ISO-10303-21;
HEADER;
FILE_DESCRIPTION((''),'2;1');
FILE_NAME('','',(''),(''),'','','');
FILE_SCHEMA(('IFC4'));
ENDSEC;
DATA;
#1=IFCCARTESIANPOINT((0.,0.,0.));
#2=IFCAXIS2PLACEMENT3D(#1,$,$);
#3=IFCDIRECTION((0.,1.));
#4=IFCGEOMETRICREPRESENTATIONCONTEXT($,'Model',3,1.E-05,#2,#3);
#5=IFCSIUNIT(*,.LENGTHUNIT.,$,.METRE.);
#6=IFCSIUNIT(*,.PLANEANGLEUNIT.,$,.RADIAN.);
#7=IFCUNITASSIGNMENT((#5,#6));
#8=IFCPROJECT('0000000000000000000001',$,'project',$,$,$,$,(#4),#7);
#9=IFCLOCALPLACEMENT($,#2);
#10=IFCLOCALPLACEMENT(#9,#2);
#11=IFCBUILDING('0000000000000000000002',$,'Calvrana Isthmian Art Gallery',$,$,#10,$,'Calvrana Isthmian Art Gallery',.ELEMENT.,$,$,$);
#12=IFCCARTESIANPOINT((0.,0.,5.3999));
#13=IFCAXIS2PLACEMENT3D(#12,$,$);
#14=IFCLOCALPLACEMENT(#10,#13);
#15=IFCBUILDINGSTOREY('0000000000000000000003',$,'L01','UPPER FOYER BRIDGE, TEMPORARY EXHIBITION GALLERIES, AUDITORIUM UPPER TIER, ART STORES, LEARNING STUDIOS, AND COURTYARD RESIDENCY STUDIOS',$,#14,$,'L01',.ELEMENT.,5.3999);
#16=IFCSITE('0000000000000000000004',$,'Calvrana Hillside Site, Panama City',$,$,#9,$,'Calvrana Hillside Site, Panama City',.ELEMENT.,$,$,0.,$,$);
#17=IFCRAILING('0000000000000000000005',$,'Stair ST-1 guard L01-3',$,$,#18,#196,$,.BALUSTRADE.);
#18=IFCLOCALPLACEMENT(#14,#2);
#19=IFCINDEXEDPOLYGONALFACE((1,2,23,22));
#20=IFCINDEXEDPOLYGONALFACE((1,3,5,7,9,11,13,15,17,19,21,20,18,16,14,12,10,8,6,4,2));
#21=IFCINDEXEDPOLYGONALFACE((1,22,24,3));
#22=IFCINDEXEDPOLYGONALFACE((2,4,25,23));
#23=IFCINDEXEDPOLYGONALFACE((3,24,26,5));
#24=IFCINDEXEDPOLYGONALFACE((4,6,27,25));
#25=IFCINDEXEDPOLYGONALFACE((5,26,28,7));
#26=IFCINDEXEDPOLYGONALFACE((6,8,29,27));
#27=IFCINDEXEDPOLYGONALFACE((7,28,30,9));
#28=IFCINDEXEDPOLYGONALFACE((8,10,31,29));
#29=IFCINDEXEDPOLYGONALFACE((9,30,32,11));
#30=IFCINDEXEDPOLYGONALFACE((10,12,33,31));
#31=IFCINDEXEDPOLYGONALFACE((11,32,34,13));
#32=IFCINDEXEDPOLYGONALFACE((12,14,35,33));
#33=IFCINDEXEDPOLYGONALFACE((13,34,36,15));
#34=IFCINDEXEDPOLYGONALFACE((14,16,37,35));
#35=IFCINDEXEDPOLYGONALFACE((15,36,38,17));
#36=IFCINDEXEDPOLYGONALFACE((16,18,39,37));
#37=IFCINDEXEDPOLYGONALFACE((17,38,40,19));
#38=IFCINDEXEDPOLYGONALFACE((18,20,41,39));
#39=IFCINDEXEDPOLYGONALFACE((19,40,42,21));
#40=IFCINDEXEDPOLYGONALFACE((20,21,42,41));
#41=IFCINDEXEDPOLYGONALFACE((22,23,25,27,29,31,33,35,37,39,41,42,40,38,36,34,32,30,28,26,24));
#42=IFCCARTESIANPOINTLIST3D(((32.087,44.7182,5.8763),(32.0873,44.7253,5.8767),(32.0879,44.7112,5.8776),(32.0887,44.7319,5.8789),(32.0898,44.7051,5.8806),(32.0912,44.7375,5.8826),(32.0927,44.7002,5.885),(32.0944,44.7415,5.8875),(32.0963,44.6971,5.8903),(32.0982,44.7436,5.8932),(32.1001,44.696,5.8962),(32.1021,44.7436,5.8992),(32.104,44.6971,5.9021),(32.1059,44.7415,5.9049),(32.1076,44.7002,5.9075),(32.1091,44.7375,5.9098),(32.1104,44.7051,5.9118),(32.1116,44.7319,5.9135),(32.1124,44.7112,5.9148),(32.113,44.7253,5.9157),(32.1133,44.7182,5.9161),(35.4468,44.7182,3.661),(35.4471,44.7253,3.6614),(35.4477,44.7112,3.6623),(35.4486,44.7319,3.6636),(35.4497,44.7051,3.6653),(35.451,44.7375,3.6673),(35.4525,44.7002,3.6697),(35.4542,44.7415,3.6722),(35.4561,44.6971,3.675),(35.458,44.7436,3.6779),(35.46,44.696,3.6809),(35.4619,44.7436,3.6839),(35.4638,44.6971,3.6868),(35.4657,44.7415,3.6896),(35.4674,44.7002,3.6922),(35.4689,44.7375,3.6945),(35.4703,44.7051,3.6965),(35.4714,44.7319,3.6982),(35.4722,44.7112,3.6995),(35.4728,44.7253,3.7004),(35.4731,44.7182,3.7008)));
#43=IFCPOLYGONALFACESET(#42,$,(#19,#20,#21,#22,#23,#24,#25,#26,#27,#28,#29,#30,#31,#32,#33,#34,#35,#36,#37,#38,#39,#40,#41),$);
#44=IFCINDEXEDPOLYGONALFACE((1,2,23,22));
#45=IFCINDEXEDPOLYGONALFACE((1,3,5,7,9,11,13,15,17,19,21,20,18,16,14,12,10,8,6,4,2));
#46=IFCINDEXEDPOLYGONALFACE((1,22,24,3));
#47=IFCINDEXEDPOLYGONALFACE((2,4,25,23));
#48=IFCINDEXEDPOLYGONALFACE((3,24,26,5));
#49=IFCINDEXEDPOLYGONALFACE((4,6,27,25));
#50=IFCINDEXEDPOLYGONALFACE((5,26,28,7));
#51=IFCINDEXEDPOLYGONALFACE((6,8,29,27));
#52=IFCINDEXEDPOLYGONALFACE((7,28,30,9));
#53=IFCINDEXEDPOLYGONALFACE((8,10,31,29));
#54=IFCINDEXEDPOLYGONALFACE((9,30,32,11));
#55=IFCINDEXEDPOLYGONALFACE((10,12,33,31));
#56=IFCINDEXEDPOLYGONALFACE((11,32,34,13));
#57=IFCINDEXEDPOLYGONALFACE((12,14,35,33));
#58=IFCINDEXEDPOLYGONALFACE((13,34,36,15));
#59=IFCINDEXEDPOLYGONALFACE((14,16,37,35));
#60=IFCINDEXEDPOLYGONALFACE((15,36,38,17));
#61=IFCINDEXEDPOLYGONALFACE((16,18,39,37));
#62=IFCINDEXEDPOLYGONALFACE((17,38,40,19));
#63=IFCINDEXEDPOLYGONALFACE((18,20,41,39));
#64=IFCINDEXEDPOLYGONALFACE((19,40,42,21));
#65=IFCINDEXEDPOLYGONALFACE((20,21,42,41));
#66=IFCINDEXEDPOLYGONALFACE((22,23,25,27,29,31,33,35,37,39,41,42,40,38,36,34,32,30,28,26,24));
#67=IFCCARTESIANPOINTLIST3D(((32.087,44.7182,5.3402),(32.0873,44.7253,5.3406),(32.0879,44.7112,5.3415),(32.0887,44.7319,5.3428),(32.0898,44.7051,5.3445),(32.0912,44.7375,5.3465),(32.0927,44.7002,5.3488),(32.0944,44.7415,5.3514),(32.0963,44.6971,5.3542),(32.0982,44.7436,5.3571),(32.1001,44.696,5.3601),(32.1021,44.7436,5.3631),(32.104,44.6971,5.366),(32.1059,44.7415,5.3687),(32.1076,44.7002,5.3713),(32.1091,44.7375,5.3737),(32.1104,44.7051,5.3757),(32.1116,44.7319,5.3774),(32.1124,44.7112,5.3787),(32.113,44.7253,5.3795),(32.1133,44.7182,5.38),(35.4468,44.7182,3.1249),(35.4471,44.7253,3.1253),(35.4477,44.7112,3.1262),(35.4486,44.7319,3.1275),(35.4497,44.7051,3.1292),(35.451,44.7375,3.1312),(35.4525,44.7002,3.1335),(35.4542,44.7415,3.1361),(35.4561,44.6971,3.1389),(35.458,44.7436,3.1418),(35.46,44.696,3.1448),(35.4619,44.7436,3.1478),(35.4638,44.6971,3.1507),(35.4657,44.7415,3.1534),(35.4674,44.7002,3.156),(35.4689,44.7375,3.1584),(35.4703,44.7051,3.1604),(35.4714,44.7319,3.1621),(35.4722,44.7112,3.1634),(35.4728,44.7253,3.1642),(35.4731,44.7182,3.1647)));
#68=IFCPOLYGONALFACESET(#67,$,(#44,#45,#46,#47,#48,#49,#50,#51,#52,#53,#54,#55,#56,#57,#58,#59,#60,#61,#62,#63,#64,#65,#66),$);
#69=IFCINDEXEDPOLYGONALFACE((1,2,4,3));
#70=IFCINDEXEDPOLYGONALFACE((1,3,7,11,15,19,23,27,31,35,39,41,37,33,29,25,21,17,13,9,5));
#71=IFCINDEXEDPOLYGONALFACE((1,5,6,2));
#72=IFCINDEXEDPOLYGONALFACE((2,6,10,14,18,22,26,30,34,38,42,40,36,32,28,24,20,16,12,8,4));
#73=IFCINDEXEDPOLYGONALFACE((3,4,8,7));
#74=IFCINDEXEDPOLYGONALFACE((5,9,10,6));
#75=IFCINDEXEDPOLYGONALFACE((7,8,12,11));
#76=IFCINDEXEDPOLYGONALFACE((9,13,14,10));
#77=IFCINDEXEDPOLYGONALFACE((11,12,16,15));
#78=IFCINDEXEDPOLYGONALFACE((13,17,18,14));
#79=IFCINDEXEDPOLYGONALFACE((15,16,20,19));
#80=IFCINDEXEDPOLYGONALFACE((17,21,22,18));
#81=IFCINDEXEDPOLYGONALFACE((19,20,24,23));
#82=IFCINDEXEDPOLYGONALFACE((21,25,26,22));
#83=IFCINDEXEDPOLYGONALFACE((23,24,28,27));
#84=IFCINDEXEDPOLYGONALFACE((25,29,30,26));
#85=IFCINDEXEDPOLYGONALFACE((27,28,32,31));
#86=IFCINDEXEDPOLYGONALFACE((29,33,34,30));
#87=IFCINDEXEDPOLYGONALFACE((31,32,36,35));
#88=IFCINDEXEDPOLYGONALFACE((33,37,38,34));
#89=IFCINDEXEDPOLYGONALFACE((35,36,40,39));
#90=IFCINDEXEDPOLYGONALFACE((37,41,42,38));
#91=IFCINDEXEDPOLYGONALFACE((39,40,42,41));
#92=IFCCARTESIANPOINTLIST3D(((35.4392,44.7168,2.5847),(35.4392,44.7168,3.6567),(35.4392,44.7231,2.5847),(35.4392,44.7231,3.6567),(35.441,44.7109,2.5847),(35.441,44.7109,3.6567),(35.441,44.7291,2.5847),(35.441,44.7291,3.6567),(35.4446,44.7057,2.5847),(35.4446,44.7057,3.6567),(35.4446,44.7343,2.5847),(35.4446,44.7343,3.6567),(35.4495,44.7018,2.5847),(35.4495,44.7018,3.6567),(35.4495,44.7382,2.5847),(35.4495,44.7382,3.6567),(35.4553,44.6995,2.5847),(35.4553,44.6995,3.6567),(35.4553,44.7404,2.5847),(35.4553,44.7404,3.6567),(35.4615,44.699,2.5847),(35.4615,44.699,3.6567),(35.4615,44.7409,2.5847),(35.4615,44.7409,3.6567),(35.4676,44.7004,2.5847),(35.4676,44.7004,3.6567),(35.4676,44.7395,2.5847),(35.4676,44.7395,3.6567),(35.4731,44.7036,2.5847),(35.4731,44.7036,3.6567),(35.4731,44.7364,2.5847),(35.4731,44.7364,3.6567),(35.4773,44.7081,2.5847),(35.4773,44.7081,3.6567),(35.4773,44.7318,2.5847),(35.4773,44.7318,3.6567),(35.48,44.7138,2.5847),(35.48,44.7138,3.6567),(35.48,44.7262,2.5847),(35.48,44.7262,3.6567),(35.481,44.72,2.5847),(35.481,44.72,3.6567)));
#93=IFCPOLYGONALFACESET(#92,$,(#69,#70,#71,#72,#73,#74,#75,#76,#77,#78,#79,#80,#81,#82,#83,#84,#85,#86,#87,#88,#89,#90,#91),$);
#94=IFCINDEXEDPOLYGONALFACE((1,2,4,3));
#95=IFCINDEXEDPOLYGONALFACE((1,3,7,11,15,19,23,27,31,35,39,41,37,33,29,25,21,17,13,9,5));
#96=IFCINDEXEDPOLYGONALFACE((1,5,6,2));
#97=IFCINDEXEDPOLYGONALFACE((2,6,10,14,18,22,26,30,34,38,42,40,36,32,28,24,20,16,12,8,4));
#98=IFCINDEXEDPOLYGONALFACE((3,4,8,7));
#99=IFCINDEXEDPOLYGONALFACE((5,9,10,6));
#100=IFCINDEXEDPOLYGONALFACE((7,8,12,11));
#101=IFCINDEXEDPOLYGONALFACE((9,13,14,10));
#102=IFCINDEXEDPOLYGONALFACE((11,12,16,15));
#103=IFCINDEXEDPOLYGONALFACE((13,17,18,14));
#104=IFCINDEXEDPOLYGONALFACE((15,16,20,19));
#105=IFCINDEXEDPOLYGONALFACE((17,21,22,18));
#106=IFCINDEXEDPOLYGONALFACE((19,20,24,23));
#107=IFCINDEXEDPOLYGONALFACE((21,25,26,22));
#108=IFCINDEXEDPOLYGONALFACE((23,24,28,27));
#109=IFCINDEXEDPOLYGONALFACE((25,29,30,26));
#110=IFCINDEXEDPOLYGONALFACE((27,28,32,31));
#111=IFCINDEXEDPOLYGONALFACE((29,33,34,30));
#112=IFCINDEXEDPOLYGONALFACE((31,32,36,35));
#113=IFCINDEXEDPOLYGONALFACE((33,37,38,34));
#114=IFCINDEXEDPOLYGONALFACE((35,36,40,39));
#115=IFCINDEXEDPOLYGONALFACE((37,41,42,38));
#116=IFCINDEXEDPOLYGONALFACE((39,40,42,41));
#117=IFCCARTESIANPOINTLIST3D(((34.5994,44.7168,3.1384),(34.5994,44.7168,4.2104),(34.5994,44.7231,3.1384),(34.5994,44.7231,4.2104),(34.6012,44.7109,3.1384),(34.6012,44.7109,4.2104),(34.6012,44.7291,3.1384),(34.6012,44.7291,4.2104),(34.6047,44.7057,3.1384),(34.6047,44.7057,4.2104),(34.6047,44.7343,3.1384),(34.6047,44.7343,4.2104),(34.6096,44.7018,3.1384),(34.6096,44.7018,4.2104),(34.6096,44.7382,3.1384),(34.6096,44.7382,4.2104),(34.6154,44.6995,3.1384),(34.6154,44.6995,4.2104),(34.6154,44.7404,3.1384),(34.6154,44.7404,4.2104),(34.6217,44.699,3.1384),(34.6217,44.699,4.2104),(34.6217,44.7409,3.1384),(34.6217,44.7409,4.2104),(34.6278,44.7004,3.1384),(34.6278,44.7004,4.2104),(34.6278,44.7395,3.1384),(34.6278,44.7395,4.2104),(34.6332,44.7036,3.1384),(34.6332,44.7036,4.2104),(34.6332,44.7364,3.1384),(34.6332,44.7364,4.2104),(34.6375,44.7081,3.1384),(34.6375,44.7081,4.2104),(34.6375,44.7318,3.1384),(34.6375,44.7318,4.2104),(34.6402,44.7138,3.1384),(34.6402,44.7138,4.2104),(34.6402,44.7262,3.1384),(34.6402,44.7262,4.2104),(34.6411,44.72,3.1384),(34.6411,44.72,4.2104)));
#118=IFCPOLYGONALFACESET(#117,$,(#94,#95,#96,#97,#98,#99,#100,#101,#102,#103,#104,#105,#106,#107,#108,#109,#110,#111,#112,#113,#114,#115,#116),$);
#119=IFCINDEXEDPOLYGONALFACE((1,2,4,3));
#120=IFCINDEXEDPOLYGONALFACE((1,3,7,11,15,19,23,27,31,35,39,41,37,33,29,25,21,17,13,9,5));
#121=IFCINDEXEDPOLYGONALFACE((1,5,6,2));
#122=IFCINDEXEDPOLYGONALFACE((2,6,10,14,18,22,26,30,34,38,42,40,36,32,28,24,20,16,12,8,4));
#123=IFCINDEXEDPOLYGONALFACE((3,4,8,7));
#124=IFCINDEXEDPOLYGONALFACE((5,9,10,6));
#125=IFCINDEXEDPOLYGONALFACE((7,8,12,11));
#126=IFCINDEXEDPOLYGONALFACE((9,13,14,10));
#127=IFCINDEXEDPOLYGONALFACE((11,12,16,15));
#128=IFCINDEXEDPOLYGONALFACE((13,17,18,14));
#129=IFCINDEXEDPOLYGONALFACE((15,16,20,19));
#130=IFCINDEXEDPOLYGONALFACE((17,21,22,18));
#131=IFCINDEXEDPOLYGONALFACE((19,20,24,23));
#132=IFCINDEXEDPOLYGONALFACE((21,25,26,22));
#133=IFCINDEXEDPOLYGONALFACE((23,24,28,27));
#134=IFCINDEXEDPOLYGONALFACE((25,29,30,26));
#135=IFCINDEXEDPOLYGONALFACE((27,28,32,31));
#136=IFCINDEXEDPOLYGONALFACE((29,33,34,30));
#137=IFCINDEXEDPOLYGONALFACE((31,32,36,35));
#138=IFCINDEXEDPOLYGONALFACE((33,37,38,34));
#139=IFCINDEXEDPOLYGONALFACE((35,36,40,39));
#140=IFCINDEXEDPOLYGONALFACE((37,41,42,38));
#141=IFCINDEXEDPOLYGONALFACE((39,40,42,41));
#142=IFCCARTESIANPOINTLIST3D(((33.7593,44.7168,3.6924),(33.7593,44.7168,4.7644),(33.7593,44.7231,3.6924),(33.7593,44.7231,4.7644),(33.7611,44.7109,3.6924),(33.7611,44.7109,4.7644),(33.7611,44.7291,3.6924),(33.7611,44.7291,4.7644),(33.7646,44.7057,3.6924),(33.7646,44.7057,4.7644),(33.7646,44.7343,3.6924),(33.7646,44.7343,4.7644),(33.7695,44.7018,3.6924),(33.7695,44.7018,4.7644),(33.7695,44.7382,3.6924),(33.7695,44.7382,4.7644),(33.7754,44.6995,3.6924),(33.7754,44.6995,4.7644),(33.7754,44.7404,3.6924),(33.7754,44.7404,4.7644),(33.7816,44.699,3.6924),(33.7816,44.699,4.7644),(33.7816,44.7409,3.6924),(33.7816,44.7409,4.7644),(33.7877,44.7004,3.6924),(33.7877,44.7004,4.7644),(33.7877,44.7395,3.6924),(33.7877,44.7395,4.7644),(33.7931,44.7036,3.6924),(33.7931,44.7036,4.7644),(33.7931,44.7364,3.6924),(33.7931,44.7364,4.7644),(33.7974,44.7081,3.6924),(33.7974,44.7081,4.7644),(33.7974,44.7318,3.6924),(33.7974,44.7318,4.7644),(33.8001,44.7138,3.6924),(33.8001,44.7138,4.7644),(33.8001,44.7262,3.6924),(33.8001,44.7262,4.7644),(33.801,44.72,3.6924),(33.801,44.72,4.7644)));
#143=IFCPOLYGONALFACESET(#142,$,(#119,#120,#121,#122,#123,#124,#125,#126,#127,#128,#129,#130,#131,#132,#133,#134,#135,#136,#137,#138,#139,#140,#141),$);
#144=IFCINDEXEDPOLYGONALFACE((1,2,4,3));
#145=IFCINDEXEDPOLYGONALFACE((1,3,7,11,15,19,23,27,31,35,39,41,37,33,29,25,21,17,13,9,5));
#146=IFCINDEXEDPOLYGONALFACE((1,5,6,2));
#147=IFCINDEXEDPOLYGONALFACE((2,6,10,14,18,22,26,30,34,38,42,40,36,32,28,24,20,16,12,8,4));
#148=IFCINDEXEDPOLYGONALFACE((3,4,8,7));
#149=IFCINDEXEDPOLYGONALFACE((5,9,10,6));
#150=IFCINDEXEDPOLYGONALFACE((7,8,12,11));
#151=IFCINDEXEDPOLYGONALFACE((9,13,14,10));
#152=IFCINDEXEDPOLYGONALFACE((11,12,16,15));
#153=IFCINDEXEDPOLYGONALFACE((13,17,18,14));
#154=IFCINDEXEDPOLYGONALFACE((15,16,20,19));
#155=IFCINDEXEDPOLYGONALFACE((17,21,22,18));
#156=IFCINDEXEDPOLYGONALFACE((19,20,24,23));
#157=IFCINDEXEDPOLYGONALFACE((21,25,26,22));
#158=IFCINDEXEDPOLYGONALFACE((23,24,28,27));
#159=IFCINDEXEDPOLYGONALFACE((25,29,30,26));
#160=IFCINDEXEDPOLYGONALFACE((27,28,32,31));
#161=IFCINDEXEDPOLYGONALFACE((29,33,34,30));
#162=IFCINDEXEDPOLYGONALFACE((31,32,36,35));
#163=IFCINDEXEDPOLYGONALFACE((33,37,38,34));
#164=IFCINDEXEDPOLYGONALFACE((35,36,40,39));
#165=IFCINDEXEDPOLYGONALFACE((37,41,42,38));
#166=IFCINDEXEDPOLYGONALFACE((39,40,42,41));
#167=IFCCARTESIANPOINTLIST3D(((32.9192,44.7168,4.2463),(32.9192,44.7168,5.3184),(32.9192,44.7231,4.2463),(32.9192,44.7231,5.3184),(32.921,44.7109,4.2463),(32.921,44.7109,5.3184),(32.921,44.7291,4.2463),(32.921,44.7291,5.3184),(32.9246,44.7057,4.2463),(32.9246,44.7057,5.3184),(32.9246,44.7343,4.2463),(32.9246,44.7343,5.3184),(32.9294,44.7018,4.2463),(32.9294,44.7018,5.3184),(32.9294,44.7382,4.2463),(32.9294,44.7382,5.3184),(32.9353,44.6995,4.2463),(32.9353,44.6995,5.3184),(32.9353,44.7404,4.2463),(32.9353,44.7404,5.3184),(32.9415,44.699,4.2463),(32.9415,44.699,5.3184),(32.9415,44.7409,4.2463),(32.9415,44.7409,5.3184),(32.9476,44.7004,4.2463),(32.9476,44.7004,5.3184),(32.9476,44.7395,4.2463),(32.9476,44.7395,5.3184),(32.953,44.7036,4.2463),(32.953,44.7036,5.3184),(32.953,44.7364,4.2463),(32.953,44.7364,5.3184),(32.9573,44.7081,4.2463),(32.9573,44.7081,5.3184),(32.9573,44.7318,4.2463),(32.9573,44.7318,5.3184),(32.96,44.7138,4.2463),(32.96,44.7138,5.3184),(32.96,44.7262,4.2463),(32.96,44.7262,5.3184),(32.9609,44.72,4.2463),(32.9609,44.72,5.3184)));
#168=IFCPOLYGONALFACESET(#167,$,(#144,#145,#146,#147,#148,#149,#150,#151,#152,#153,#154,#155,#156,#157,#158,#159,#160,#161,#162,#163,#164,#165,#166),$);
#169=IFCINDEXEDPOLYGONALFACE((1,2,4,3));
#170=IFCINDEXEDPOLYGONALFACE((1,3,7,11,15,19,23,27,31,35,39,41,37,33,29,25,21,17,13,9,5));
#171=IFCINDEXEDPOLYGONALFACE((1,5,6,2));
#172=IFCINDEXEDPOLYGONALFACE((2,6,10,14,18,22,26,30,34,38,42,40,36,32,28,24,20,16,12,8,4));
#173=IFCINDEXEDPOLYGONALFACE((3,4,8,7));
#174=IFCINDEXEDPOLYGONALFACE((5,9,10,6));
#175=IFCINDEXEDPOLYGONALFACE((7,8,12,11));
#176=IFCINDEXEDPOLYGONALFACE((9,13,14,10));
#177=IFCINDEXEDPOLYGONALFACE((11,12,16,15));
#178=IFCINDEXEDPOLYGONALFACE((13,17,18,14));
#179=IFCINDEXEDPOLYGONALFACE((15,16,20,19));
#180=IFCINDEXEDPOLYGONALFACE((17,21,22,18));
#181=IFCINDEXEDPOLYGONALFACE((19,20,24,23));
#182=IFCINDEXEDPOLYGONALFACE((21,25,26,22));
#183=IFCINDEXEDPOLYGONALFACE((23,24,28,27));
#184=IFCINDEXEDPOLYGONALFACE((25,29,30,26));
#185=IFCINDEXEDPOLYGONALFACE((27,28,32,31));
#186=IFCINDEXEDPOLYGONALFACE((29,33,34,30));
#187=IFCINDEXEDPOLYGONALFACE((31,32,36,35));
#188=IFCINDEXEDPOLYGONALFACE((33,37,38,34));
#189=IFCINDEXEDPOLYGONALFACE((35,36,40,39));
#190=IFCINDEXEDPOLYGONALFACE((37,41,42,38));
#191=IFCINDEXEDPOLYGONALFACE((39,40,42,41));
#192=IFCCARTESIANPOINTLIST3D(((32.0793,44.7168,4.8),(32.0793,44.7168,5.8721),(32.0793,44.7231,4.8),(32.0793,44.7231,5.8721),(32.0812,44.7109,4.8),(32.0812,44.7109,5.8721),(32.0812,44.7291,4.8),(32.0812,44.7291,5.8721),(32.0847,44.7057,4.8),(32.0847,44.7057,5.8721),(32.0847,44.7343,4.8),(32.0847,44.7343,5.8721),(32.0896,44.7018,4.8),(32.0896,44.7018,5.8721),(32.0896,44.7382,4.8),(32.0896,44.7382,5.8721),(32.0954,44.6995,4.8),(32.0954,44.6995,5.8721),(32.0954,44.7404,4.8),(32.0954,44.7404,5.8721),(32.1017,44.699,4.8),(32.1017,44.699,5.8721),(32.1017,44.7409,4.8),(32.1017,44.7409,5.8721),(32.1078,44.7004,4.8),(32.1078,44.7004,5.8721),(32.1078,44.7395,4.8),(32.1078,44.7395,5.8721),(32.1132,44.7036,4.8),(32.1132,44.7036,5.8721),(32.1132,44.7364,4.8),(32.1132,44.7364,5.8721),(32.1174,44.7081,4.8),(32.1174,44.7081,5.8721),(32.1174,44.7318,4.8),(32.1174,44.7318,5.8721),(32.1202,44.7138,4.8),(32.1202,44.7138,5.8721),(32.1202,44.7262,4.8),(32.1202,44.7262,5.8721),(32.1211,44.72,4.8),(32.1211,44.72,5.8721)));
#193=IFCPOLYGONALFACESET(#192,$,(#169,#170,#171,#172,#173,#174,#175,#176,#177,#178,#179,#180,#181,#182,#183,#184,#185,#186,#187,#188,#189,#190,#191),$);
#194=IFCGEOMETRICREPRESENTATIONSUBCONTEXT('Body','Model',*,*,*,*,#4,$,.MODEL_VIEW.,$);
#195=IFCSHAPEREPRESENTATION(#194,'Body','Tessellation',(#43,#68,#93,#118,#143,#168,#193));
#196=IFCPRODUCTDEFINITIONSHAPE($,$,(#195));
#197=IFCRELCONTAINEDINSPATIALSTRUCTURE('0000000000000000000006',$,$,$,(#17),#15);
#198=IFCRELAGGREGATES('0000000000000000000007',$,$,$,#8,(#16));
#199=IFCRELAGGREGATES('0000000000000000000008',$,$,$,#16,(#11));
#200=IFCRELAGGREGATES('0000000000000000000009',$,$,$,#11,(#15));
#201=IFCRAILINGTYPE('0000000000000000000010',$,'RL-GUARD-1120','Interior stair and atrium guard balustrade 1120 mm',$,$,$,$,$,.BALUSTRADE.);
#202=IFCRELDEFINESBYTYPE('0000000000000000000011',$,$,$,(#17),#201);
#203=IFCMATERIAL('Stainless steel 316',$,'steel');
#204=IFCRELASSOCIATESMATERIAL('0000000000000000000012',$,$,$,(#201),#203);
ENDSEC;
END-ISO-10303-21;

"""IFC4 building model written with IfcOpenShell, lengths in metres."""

from ifc_helpers import new_model, si_unit, direction, frame, origin, origin_2d, place, context, subcontext, project, spatial, circle, extrude, material, type_object, element, save


model = new_model("IFC4")

# Units and contexts
model_context = context("Model", 3, precision=1e-05, world=origin(), true_north=direction((0.0, 1.0)))
body_context = subcontext(model_context, "Body", "Model", "MODEL_VIEW")
ifc_project = project(units=[si_unit("LENGTHUNIT", "METRE"), si_unit("PLANEANGLEUNIT", "RADIAN")], contexts=[model_context])

# Site, building, storey
site_placement = place(None, origin())
site = spatial("IfcSite", under=ifc_project, at=site_placement, Name="Calvrana Hillside Site, Panama City", LongName="Calvrana Hillside Site, Panama City", CompositionType="ELEMENT", RefElevation=0.0)
building_placement = place(site_placement, origin())
building = spatial("IfcBuilding", under=site, at=building_placement, Name="Calvrana Isthmian Art Gallery", LongName="Calvrana Isthmian Art Gallery", CompositionType="ELEMENT")
storey_placement = place(building_placement, frame((0.0, 0.0, 5.3999)))
storey = spatial("IfcBuildingStorey", under=building, at=storey_placement, Name="L01", Description="UPPER FOYER BRIDGE, TEMPORARY EXHIBITION GALLERIES, AUDITORIUM UPPER TIER, ART STORES, LEARNING STUDIOS, AND COURTYARD RESIDENCY STUDIOS", LongName="L01", CompositionType="ELEMENT", Elevation=5.3999)

# Railing
ifc_material_1 = material(Name="Stainless steel 316", Category="steel")
railing_type_1 = type_object("IfcRailingType", Name="RL-GUARD-1120", Description="Interior stair and atrium guard balustrade 1120 mm", PredefinedType="BALUSTRADE", material=ifc_material_1)
railing_1_placement = place(storey_placement, frame((35.46, 44.72, 2.5847)))
element("IfcRailing", 1, at=railing_1_placement, inside=storey, type_object=railing_type_1, Name="Stair ST-1 guard L01-3", PredefinedType="BALUSTRADE", context=body_context, shape_type="SweptSolid", body=[
    extrude(circle(Radius=0.0239, at=origin_2d()), frame((0.0, 0.0, 1.0962), z_axis=(-0.834858, 0.0, 0.550465), x_axis=(0.0, -1.0, 0.0)), (0.0, 0.0, 1.0), 4.0244),
    extrude(circle(Radius=0.0239, at=origin_2d()), frame((0.0, 0.0, 0.5601), z_axis=(-0.834858, 0.0, 0.550465), x_axis=(0.0, -1.0, 0.0)), (0.0, 0.0, 1.0), 4.0244),
    extrude(circle(Radius=0.021, at=origin_2d()), origin(), (0.0, 0.0, 1.0), 1.072),
    extrude(circle(Radius=0.021, at=origin_2d()), frame((-0.8398, 0.0, 0.5537)), (0.0, 0.0, 1.0), 1.072),
    extrude(circle(Radius=0.021, at=origin_2d()), frame((-1.6799, 0.0, 1.1077)), (0.0, 0.0, 1.0), 1.072),
    extrude(circle(Radius=0.021, at=origin_2d()), frame((-2.52, 0.0, 1.6616)), (0.0, 0.0, 1.0), 1.072),
    extrude(circle(Radius=0.021, at=origin_2d()), frame((-3.3599, 0.0, 2.2153)), (0.0, 0.0, 1.0), 1.072),
])

save(model, "model.ifc")
